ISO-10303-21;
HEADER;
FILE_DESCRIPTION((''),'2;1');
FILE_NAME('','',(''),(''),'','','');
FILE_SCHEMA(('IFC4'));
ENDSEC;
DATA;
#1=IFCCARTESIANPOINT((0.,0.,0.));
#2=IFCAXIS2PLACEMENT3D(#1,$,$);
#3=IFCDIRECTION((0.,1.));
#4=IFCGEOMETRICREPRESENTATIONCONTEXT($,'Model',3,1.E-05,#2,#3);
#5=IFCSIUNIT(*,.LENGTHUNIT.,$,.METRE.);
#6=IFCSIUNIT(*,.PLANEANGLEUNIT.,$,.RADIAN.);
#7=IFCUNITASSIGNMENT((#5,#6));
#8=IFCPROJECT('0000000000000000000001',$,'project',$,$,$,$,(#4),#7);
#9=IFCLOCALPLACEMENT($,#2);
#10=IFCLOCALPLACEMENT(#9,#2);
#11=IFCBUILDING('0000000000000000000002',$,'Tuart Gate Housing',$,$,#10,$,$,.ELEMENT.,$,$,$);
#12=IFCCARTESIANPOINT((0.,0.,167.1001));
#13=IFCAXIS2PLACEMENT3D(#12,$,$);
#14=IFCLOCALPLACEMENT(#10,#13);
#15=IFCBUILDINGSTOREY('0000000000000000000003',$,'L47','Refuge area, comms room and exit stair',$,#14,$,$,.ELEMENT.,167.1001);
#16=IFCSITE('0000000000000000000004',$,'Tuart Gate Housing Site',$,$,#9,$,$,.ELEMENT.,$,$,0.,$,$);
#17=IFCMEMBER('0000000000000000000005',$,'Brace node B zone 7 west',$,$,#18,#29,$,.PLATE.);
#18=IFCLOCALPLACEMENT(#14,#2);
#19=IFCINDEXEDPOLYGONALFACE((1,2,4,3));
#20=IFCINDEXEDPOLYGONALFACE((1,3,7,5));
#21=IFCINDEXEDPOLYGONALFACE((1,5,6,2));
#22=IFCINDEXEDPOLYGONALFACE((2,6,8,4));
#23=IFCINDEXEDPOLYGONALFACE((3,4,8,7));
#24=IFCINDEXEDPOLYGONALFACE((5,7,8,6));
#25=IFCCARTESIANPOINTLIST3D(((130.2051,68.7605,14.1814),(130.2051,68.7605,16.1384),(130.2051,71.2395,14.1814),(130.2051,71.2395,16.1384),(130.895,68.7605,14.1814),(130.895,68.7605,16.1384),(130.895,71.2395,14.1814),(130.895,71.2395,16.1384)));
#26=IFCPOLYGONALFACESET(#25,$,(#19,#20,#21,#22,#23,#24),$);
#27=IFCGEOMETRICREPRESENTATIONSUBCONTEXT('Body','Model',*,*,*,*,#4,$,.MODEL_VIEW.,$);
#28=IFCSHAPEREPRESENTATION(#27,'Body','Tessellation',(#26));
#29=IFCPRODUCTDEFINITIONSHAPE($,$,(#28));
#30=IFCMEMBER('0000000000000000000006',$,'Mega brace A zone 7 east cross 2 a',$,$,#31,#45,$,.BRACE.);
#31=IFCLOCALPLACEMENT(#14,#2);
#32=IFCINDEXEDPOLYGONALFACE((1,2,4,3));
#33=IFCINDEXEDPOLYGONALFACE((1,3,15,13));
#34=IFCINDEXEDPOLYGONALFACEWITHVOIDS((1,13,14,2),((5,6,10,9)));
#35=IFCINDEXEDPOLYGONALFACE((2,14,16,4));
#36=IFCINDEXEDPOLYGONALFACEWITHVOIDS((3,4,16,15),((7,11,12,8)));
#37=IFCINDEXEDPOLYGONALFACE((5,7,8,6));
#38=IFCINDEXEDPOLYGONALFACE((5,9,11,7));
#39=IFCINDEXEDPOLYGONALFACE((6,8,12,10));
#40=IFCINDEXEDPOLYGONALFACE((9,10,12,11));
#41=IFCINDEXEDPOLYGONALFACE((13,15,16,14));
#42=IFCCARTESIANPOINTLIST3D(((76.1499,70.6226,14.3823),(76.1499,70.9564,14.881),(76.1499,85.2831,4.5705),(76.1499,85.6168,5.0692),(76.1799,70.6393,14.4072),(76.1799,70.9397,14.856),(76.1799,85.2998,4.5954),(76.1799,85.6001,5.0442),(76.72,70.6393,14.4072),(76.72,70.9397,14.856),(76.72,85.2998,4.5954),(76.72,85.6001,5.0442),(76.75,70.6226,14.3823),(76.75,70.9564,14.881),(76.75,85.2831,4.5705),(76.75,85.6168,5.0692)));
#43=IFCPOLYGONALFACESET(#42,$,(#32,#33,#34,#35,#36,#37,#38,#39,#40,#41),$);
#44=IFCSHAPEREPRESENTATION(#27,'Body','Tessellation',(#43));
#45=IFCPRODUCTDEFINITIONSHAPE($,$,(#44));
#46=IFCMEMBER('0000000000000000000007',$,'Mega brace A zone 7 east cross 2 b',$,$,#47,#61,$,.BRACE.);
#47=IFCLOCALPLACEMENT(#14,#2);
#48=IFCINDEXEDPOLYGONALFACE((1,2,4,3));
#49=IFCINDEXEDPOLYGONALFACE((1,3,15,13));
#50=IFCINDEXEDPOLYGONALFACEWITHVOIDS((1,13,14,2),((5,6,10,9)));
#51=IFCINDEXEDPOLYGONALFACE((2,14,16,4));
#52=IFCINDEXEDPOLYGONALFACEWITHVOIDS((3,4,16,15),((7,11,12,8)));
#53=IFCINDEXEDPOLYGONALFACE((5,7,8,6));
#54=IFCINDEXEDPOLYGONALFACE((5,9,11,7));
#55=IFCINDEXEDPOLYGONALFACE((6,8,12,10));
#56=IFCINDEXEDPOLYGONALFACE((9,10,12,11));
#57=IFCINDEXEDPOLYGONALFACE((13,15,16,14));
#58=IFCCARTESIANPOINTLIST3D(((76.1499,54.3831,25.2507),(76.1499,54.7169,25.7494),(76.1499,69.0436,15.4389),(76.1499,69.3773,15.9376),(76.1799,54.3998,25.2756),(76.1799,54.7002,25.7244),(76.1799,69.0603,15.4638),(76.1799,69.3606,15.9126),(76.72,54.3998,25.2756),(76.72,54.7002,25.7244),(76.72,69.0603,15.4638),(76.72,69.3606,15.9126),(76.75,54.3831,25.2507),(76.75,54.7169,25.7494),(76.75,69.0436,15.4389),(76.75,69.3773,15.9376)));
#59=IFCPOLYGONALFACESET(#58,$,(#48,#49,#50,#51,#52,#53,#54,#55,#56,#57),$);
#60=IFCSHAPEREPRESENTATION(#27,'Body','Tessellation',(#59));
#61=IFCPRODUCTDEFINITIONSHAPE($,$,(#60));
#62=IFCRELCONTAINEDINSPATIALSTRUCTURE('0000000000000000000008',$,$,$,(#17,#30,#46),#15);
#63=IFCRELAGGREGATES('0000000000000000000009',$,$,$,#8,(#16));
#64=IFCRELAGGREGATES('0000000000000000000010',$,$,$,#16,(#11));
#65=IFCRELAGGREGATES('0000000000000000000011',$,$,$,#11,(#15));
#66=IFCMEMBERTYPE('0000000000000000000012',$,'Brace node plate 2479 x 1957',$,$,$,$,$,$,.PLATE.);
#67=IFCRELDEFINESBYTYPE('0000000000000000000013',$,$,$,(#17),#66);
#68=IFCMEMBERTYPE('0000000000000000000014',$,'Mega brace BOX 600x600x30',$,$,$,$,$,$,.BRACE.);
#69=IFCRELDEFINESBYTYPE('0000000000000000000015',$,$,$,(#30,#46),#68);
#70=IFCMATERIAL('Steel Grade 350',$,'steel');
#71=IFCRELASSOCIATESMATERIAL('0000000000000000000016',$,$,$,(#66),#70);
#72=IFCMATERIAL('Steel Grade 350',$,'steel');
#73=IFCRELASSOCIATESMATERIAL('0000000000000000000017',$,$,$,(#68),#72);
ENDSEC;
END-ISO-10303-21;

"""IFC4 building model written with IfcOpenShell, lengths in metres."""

from ifc_helpers import new_model, si_unit, direction, frame, origin, origin_2d, place, context, subcontext, project, spatial, rectangle, hollow_rectangle, extrude, material, material_profile, profile_set, type_object, element, save


model = new_model("IFC4")

# Units and contexts
model_context = context("Model", 3, precision=1e-05, world=origin(), true_north=direction((0.0, 1.0)))
body_context = subcontext(model_context, "Body", "Model", "MODEL_VIEW")
ifc_project = project(units=[si_unit("LENGTHUNIT", "METRE"), si_unit("PLANEANGLEUNIT", "RADIAN")], contexts=[model_context])

# Site, building, storey
site_placement = place(None, origin())
site = spatial("IfcSite", under=ifc_project, at=site_placement, Name="Tuart Gate Housing Site", CompositionType="ELEMENT", RefElevation=0.0)
building_placement = place(site_placement, origin())
building = spatial("IfcBuilding", under=site, at=building_placement, Name="Tuart Gate Housing", CompositionType="ELEMENT")
storey_placement = place(building_placement, frame((0.0, 0.0, 167.1001)))
storey = spatial("IfcBuildingStorey", under=building, at=storey_placement, Name="L47", Description="Refuge area, comms room and exit stair", CompositionType="ELEMENT", Elevation=167.1001)

# Members
ifc_material_1 = material(Name="Steel Grade 350", Category="steel")
ifc_material_profile_1 = material_profile(ifc_material_1, rectangle(XDim=2.479, YDim=1.957, at=origin_2d()), Name="Brace node plate 2479 x 1957")
ifc_profile_set_1 = profile_set([ifc_material_profile_1], Name="Steel Grade 350")
member_type_1 = type_object("IfcMemberType", Name="Brace node plate 2479 x 1957", PredefinedType="PLATE", material=ifc_profile_set_1)
member_1_placement = place(storey_placement, frame((130.2051, 70.0, 15.1599), z_axis=(1.0, 0.0, 0.0), x_axis=(0.0, 1.0, 0.0)))
element("IfcMember", 1, at=member_1_placement, inside=storey, type_object=member_type_1, Name="Brace node B zone 7 west", PredefinedType="PLATE", context=body_context, shape_type="SweptSolid", body=[
    extrude(rectangle(XDim=2.479, YDim=1.957, at=origin_2d()), origin(), (0.0, 0.0, 1.0), 0.6899),
])
ifc_material_2 = material(Name="Steel Grade 350", Category="steel")
ifc_material_profile_2 = material_profile(ifc_material_2, hollow_rectangle(XDim=0.6001, YDim=0.6001, WallThickness=0.03, at=origin_2d()), Name="BOX 600x600x30")
ifc_profile_set_2 = profile_set([ifc_material_profile_2], Name="Steel Grade 350")
member_type_2 = type_object("IfcMemberType", Name="Mega brace BOX 600x600x30", PredefinedType="BRACE", material=ifc_profile_set_2)
for number, where, z_axis, x_axis, name in (
    (2, (76.45, 85.45, 4.8198), (0.0, -0.83105, 0.556197), (1.0, 0.0, 0.0), "Mega brace A zone 7 east cross 2 a"),
    (3, (76.45, 69.2104, 15.6882), (0.0, -0.83105, 0.556197), (1.0, 0.0, 0.0), "Mega brace A zone 7 east cross 2 b"),
):
    element("IfcMember", number, at=place(storey_placement, frame(where, z_axis=z_axis, x_axis=x_axis)), inside=storey, type_object=member_type_2, Name=name, PredefinedType="BRACE", context=body_context, shape_type="SweptSolid", body=[
        extrude(hollow_rectangle(XDim=0.6001, YDim=0.6001, WallThickness=0.03, at=origin_2d()), origin(), (0.0, 0.0, 1.0), 17.6409),
    ])

save(model, "model.ifc")
